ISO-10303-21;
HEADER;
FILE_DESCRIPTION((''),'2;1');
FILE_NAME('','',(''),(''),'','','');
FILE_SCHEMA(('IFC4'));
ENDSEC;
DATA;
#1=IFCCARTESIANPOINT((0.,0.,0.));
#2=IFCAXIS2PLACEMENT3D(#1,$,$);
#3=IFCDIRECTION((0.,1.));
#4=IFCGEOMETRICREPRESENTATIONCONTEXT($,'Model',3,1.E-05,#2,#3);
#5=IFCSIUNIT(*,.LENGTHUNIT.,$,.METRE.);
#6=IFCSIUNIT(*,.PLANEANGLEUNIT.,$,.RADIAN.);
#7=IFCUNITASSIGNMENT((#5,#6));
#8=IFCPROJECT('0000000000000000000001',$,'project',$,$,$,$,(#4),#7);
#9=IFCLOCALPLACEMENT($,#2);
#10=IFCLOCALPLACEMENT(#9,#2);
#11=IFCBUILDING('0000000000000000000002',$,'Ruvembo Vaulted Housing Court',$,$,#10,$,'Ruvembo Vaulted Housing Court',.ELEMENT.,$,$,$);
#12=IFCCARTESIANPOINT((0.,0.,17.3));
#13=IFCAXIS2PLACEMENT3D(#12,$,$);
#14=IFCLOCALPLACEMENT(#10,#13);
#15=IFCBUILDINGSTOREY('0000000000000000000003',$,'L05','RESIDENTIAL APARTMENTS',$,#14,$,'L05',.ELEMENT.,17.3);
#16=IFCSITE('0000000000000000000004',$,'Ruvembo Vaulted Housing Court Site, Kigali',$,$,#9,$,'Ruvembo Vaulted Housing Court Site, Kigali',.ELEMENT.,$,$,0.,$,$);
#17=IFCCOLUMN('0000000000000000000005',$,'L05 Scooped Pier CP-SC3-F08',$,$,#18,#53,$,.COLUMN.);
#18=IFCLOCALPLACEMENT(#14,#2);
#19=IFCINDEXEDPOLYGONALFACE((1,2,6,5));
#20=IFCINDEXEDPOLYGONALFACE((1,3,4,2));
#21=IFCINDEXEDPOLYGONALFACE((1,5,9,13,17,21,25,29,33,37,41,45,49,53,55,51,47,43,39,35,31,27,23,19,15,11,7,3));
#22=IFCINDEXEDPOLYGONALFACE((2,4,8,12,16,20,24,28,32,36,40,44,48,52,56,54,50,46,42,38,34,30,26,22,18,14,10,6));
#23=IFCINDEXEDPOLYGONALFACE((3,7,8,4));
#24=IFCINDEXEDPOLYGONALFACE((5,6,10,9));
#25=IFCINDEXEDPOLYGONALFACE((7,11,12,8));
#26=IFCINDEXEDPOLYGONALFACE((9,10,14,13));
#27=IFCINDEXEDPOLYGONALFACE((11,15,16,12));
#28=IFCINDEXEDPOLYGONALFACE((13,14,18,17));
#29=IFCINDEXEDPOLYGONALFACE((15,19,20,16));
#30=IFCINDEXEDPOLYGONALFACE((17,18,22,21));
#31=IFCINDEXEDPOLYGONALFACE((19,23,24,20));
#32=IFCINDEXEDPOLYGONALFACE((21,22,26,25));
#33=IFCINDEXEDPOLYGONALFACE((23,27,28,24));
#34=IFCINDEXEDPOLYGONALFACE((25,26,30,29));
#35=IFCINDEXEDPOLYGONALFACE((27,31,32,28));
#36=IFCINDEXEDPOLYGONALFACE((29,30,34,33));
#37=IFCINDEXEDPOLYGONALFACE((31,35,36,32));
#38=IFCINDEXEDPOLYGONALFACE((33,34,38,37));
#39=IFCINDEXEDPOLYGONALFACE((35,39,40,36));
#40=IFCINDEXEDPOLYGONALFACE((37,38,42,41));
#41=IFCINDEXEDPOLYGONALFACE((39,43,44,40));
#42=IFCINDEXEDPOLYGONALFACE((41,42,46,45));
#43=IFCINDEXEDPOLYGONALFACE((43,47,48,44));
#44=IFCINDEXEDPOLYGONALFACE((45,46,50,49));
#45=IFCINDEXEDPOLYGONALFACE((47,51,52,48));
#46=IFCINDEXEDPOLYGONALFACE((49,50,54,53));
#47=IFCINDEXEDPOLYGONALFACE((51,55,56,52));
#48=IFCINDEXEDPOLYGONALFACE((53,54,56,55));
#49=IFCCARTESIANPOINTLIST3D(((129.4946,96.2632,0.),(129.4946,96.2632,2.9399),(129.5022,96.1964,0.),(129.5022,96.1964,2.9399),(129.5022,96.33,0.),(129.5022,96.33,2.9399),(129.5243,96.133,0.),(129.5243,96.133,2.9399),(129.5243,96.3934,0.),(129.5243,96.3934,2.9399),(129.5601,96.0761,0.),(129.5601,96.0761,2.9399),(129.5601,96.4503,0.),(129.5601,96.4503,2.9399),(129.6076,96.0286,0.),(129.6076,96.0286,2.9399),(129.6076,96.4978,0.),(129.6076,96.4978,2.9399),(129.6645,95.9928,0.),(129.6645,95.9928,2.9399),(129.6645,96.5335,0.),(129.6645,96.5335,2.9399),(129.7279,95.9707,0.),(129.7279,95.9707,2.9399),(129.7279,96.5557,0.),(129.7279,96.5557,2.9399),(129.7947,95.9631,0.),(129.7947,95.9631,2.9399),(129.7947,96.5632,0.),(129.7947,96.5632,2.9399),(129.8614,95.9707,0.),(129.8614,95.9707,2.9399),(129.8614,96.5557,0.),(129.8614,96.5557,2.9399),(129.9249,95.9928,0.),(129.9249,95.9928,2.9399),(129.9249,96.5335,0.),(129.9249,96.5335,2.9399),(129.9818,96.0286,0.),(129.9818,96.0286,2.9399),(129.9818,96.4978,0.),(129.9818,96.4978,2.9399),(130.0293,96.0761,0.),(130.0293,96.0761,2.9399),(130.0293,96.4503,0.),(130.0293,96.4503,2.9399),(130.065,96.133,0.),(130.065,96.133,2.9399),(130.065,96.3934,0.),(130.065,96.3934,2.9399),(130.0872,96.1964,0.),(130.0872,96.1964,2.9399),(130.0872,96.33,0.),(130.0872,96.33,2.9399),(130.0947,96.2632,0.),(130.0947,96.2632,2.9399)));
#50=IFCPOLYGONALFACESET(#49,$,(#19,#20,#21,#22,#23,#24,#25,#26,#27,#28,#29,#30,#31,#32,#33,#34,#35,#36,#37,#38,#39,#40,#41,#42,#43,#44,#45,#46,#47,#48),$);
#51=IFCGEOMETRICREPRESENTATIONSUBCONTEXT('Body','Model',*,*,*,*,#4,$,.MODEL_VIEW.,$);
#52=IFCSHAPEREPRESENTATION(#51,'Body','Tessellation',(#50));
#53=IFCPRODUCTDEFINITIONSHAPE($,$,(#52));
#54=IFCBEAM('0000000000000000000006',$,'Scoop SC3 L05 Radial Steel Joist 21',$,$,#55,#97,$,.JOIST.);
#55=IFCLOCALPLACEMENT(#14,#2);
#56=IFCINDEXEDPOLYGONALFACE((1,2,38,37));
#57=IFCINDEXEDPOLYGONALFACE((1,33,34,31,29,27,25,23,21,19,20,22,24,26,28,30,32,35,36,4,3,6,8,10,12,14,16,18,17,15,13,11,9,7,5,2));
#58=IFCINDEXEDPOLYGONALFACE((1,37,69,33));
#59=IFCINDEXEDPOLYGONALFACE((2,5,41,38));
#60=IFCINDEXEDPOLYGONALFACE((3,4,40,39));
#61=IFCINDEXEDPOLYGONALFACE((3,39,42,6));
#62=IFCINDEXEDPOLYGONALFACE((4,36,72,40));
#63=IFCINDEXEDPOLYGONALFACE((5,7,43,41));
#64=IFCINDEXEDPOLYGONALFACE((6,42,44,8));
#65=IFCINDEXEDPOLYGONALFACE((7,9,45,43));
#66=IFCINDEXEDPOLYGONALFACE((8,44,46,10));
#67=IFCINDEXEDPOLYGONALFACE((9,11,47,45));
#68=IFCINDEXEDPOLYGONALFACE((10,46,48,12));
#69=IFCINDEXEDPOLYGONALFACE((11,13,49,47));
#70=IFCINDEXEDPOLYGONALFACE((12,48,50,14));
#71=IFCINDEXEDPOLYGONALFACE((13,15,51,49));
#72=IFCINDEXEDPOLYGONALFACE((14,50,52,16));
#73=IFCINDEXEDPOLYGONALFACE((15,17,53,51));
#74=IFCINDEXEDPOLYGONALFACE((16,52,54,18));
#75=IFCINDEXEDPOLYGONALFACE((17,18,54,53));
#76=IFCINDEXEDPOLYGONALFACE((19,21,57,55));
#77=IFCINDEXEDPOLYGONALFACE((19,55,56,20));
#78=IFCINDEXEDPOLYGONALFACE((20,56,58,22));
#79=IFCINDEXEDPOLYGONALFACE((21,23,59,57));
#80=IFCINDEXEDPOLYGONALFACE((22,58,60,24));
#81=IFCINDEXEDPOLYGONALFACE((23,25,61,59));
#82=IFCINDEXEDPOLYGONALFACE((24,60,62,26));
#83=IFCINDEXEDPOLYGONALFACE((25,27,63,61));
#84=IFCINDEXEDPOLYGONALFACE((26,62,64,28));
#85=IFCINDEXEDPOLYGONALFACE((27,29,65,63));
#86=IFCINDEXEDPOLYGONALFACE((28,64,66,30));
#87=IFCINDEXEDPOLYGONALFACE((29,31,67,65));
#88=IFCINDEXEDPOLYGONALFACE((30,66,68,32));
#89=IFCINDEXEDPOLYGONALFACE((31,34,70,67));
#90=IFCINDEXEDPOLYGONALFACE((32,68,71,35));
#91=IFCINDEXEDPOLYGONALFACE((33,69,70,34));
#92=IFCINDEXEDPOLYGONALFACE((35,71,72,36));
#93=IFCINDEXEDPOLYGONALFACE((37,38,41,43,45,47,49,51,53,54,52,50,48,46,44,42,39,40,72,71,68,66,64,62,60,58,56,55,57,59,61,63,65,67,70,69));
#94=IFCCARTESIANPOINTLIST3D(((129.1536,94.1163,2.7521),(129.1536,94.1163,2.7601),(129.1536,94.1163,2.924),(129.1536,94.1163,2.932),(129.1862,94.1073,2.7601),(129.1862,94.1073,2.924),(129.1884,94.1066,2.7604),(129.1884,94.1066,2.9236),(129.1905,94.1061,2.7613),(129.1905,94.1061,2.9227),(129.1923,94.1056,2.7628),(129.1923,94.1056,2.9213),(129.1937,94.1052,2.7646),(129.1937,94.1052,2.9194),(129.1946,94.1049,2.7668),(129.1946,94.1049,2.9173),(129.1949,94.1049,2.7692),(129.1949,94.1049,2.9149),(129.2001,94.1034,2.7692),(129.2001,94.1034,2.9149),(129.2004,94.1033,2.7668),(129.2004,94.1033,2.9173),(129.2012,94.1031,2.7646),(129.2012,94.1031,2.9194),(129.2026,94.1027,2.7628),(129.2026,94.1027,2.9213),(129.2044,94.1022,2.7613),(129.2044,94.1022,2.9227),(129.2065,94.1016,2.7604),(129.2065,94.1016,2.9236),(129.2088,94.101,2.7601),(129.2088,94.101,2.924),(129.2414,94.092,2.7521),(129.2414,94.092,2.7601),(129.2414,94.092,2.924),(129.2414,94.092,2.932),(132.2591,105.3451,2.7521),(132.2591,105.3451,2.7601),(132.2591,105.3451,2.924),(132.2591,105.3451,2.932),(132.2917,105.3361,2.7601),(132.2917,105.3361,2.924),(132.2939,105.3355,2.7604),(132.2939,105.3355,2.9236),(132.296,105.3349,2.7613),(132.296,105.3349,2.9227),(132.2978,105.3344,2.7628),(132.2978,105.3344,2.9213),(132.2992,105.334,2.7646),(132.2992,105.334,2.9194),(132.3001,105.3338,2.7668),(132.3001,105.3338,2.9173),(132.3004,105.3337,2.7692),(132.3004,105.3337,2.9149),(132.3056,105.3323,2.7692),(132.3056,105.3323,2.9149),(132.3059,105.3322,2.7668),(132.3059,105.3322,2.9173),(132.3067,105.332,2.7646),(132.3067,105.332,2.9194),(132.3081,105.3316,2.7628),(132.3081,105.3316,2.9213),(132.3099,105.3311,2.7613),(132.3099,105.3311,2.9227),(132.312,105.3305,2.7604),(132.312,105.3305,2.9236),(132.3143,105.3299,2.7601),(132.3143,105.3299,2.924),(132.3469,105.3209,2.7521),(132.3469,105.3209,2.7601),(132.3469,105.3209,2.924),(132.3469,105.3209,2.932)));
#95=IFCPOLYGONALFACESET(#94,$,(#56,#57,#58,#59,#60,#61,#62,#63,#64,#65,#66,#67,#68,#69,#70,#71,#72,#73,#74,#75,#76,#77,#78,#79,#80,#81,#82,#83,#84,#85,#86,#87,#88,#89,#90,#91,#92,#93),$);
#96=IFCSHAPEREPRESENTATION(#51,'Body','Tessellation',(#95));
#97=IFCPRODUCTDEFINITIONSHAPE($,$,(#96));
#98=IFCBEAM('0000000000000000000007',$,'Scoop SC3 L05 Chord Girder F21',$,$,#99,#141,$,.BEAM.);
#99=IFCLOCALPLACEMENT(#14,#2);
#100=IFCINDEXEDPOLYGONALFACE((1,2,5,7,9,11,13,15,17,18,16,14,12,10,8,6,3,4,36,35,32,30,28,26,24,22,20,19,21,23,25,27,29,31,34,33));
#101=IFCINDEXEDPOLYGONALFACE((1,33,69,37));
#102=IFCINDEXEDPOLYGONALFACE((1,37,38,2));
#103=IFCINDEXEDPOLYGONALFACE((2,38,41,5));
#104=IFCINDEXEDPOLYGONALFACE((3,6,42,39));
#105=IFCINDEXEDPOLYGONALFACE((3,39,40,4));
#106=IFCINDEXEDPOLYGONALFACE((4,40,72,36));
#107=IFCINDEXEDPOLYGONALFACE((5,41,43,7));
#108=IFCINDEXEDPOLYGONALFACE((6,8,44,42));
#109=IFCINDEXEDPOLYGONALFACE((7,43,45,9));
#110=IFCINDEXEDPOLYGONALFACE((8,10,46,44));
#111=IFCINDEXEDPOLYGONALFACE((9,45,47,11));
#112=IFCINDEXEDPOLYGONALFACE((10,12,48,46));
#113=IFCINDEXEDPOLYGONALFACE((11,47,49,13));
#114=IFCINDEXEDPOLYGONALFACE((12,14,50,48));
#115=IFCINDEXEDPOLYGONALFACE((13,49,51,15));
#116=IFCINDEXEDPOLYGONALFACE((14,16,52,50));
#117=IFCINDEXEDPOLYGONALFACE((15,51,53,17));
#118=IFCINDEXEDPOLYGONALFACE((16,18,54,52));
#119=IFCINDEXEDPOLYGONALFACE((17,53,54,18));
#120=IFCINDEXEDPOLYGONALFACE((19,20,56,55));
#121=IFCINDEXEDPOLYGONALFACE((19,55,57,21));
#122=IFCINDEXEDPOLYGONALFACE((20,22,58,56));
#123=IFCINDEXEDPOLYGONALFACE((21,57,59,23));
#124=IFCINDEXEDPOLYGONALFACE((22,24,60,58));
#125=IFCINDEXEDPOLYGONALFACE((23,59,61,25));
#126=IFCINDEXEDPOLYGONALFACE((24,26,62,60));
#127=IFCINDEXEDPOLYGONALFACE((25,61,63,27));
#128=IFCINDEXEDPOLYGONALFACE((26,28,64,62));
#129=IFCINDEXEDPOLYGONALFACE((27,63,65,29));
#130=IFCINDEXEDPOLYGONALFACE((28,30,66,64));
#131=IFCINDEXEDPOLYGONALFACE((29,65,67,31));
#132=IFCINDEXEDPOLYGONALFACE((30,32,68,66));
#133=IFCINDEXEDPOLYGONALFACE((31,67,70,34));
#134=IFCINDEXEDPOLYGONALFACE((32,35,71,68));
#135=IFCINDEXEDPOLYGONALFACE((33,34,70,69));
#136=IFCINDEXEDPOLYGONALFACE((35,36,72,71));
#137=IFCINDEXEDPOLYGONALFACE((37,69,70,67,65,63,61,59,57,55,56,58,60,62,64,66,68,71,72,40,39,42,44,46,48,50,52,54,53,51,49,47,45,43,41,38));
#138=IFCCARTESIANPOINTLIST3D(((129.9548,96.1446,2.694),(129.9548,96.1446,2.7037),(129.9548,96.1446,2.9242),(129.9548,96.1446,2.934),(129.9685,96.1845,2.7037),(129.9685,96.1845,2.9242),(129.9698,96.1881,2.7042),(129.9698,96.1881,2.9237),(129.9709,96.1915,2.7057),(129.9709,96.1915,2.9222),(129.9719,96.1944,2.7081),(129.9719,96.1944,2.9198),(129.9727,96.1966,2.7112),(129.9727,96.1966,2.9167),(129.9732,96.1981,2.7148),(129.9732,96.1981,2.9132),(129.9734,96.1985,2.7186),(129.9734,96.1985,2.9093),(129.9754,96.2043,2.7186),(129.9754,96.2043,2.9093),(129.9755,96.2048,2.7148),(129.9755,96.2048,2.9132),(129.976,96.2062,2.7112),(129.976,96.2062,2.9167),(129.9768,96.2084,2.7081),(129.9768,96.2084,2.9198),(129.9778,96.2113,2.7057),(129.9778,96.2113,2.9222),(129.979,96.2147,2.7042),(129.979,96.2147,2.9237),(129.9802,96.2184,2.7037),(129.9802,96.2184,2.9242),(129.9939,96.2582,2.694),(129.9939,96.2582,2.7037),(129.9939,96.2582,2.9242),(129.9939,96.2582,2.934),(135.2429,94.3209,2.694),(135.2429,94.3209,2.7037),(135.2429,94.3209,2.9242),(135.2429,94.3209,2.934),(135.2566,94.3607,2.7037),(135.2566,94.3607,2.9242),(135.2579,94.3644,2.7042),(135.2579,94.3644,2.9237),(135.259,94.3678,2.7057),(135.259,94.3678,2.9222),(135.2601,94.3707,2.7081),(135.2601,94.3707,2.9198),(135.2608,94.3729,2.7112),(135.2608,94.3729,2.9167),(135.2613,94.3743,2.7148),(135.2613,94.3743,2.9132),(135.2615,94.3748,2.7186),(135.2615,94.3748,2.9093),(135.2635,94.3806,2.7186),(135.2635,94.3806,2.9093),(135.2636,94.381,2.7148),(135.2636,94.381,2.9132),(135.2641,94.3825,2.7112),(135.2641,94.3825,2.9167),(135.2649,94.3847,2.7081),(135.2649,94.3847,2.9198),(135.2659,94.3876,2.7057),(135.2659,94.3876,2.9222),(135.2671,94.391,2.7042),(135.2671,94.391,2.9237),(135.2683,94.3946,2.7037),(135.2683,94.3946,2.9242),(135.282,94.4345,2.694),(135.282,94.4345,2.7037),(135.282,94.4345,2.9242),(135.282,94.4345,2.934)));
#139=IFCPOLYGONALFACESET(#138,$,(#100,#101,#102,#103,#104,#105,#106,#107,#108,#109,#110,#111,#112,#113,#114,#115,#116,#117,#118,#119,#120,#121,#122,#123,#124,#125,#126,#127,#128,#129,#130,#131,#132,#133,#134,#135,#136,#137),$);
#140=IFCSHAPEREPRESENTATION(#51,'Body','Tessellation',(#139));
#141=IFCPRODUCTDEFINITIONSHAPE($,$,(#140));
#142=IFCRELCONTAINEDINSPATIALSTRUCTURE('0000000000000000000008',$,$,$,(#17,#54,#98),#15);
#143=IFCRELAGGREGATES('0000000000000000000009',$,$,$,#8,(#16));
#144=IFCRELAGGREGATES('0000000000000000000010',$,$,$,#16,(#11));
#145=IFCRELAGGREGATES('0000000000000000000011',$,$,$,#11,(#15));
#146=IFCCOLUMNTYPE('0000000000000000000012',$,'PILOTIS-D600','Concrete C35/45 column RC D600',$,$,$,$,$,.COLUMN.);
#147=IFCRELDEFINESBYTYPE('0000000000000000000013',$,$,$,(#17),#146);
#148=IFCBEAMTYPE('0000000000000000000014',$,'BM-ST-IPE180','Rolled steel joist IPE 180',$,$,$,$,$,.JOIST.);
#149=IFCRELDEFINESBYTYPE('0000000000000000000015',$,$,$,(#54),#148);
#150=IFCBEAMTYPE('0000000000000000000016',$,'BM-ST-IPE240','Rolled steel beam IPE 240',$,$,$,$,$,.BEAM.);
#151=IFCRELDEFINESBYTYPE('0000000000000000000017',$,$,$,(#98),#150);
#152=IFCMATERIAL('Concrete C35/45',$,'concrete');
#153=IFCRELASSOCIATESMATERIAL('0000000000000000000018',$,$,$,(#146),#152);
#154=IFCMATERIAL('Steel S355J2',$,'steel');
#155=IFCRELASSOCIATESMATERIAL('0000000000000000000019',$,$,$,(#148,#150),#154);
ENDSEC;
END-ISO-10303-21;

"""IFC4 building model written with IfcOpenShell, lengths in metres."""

from ifc_helpers import new_model, si_unit, direction, frame, origin, origin_2d, place, context, subcontext, project, spatial, circle, i_section, extrude, material, material_profile, profile_set, type_object, element, save


model = new_model("IFC4")

# Units and contexts
model_context = context("Model", 3, precision=1e-05, world=origin(), true_north=direction((0.0, 1.0)))
body_context = subcontext(model_context, "Body", "Model", "MODEL_VIEW")
ifc_project = project(units=[si_unit("LENGTHUNIT", "METRE"), si_unit("PLANEANGLEUNIT", "RADIAN")], contexts=[model_context])

# Site, building, storey
site_placement = place(None, origin())
site = spatial("IfcSite", under=ifc_project, at=site_placement, Name="Ruvembo Vaulted Housing Court Site, Kigali", LongName="Ruvembo Vaulted Housing Court Site, Kigali", CompositionType="ELEMENT", RefElevation=0.0)
building_placement = place(site_placement, origin())
building = spatial("IfcBuilding", under=site, at=building_placement, Name="Ruvembo Vaulted Housing Court", LongName="Ruvembo Vaulted Housing Court", CompositionType="ELEMENT")
storey_placement = place(building_placement, frame((0.0, 0.0, 17.3)))
storey = spatial("IfcBuildingStorey", under=building, at=storey_placement, Name="L05", Description="RESIDENTIAL APARTMENTS", LongName="L05", CompositionType="ELEMENT", Elevation=17.3)

# Column
ifc_material_1 = material(Name="Concrete C35/45", Category="concrete")
ifc_material_profile_1 = material_profile(ifc_material_1, circle(Radius=0.3, at=origin_2d()), Name="RC D600")
ifc_profile_set_1 = profile_set([ifc_material_profile_1], Name="Concrete C35/45")
column_type = type_object("IfcColumnType", Name="PILOTIS-D600", Description="Concrete C35/45 column RC D600", PredefinedType="COLUMN", material=ifc_profile_set_1)
column_placement = place(storey_placement, frame((129.7947, 96.2632, 0.0), z_axis=(0.0, 0.0, 1.0), x_axis=(1.0, 0.0, 0.0)))
element("IfcColumn", 1, at=column_placement, inside=storey, type_object=column_type, Name="L05 Scooped Pier CP-SC3-F08", PredefinedType="COLUMN", context=body_context, shape_type="SweptSolid", body=[
    extrude(circle(Radius=0.3, at=origin_2d()), origin(), (0.0, 0.0, 1.0), 2.9399),
])

# Beams
ifc_material_2 = material(Name="Steel S355J2", Category="steel")
ifc_material_profile_2 = material_profile(ifc_material_2, i_section(OverallWidth=0.0911, OverallDepth=0.1799, WebThickness=0.0054, FlangeThickness=0.0081, FilletRadius=0.009, at=origin_2d()), Name="IPE 180")
ifc_profile_set_2 = profile_set([ifc_material_profile_2], Name="Steel S355J2")
beam_type_1 = type_object("IfcBeamType", Name="BM-ST-IPE180", Description="Rolled steel joist IPE 180", PredefinedType="JOIST", material=ifc_profile_set_2)
beam_1_placement = place(storey_placement, frame((132.303, 105.333, 2.842), z_axis=(-0.266557, -0.963819, 0.0), x_axis=(0.963819, -0.266557, 0.0)))
element("IfcBeam", 2, at=beam_1_placement, inside=storey, type_object=beam_type_1, Name="Scoop SC3 L05 Radial Steel Joist 21", PredefinedType="JOIST", context=body_context, shape_type="SweptSolid", body=[
    extrude(i_section(OverallWidth=0.0911, OverallDepth=0.1799, WebThickness=0.0054, FlangeThickness=0.0081, FilletRadius=0.009, at=origin_2d()), origin(), (0.0, 0.0, 1.0), 11.6504),
])
ifc_material_profile_3 = material_profile(ifc_material_2, i_section(OverallWidth=0.1201, OverallDepth=0.24, WebThickness=0.0061, FlangeThickness=0.0098, FilletRadius=0.0149, at=origin_2d()), Name="IPE 240")
ifc_profile_set_3 = profile_set([ifc_material_profile_3], Name="Steel S355J2")
beam_type_2 = type_object("IfcBeamType", Name="BM-ST-IPE240", Description="Rolled steel beam IPE 240", PredefinedType="BEAM", material=ifc_profile_set_3)
beam_2_placement = place(storey_placement, frame((129.9744, 96.2014, 2.814), z_axis=(0.945359, -0.326031, 0.0), x_axis=(0.326031, 0.945359, 0.0)))
element("IfcBeam", 3, at=beam_2_placement, inside=storey, type_object=beam_type_2, Name="Scoop SC3 L05 Chord Girder F21", PredefinedType="BEAM", context=body_context, shape_type="SweptSolid", body=[
    extrude(i_section(OverallWidth=0.1201, OverallDepth=0.24, WebThickness=0.0061, FlangeThickness=0.0098, FilletRadius=0.0149, at=origin_2d()), origin(), (0.0, 0.0, 1.0), 5.5938),
])

save(model, "model.ifc")
